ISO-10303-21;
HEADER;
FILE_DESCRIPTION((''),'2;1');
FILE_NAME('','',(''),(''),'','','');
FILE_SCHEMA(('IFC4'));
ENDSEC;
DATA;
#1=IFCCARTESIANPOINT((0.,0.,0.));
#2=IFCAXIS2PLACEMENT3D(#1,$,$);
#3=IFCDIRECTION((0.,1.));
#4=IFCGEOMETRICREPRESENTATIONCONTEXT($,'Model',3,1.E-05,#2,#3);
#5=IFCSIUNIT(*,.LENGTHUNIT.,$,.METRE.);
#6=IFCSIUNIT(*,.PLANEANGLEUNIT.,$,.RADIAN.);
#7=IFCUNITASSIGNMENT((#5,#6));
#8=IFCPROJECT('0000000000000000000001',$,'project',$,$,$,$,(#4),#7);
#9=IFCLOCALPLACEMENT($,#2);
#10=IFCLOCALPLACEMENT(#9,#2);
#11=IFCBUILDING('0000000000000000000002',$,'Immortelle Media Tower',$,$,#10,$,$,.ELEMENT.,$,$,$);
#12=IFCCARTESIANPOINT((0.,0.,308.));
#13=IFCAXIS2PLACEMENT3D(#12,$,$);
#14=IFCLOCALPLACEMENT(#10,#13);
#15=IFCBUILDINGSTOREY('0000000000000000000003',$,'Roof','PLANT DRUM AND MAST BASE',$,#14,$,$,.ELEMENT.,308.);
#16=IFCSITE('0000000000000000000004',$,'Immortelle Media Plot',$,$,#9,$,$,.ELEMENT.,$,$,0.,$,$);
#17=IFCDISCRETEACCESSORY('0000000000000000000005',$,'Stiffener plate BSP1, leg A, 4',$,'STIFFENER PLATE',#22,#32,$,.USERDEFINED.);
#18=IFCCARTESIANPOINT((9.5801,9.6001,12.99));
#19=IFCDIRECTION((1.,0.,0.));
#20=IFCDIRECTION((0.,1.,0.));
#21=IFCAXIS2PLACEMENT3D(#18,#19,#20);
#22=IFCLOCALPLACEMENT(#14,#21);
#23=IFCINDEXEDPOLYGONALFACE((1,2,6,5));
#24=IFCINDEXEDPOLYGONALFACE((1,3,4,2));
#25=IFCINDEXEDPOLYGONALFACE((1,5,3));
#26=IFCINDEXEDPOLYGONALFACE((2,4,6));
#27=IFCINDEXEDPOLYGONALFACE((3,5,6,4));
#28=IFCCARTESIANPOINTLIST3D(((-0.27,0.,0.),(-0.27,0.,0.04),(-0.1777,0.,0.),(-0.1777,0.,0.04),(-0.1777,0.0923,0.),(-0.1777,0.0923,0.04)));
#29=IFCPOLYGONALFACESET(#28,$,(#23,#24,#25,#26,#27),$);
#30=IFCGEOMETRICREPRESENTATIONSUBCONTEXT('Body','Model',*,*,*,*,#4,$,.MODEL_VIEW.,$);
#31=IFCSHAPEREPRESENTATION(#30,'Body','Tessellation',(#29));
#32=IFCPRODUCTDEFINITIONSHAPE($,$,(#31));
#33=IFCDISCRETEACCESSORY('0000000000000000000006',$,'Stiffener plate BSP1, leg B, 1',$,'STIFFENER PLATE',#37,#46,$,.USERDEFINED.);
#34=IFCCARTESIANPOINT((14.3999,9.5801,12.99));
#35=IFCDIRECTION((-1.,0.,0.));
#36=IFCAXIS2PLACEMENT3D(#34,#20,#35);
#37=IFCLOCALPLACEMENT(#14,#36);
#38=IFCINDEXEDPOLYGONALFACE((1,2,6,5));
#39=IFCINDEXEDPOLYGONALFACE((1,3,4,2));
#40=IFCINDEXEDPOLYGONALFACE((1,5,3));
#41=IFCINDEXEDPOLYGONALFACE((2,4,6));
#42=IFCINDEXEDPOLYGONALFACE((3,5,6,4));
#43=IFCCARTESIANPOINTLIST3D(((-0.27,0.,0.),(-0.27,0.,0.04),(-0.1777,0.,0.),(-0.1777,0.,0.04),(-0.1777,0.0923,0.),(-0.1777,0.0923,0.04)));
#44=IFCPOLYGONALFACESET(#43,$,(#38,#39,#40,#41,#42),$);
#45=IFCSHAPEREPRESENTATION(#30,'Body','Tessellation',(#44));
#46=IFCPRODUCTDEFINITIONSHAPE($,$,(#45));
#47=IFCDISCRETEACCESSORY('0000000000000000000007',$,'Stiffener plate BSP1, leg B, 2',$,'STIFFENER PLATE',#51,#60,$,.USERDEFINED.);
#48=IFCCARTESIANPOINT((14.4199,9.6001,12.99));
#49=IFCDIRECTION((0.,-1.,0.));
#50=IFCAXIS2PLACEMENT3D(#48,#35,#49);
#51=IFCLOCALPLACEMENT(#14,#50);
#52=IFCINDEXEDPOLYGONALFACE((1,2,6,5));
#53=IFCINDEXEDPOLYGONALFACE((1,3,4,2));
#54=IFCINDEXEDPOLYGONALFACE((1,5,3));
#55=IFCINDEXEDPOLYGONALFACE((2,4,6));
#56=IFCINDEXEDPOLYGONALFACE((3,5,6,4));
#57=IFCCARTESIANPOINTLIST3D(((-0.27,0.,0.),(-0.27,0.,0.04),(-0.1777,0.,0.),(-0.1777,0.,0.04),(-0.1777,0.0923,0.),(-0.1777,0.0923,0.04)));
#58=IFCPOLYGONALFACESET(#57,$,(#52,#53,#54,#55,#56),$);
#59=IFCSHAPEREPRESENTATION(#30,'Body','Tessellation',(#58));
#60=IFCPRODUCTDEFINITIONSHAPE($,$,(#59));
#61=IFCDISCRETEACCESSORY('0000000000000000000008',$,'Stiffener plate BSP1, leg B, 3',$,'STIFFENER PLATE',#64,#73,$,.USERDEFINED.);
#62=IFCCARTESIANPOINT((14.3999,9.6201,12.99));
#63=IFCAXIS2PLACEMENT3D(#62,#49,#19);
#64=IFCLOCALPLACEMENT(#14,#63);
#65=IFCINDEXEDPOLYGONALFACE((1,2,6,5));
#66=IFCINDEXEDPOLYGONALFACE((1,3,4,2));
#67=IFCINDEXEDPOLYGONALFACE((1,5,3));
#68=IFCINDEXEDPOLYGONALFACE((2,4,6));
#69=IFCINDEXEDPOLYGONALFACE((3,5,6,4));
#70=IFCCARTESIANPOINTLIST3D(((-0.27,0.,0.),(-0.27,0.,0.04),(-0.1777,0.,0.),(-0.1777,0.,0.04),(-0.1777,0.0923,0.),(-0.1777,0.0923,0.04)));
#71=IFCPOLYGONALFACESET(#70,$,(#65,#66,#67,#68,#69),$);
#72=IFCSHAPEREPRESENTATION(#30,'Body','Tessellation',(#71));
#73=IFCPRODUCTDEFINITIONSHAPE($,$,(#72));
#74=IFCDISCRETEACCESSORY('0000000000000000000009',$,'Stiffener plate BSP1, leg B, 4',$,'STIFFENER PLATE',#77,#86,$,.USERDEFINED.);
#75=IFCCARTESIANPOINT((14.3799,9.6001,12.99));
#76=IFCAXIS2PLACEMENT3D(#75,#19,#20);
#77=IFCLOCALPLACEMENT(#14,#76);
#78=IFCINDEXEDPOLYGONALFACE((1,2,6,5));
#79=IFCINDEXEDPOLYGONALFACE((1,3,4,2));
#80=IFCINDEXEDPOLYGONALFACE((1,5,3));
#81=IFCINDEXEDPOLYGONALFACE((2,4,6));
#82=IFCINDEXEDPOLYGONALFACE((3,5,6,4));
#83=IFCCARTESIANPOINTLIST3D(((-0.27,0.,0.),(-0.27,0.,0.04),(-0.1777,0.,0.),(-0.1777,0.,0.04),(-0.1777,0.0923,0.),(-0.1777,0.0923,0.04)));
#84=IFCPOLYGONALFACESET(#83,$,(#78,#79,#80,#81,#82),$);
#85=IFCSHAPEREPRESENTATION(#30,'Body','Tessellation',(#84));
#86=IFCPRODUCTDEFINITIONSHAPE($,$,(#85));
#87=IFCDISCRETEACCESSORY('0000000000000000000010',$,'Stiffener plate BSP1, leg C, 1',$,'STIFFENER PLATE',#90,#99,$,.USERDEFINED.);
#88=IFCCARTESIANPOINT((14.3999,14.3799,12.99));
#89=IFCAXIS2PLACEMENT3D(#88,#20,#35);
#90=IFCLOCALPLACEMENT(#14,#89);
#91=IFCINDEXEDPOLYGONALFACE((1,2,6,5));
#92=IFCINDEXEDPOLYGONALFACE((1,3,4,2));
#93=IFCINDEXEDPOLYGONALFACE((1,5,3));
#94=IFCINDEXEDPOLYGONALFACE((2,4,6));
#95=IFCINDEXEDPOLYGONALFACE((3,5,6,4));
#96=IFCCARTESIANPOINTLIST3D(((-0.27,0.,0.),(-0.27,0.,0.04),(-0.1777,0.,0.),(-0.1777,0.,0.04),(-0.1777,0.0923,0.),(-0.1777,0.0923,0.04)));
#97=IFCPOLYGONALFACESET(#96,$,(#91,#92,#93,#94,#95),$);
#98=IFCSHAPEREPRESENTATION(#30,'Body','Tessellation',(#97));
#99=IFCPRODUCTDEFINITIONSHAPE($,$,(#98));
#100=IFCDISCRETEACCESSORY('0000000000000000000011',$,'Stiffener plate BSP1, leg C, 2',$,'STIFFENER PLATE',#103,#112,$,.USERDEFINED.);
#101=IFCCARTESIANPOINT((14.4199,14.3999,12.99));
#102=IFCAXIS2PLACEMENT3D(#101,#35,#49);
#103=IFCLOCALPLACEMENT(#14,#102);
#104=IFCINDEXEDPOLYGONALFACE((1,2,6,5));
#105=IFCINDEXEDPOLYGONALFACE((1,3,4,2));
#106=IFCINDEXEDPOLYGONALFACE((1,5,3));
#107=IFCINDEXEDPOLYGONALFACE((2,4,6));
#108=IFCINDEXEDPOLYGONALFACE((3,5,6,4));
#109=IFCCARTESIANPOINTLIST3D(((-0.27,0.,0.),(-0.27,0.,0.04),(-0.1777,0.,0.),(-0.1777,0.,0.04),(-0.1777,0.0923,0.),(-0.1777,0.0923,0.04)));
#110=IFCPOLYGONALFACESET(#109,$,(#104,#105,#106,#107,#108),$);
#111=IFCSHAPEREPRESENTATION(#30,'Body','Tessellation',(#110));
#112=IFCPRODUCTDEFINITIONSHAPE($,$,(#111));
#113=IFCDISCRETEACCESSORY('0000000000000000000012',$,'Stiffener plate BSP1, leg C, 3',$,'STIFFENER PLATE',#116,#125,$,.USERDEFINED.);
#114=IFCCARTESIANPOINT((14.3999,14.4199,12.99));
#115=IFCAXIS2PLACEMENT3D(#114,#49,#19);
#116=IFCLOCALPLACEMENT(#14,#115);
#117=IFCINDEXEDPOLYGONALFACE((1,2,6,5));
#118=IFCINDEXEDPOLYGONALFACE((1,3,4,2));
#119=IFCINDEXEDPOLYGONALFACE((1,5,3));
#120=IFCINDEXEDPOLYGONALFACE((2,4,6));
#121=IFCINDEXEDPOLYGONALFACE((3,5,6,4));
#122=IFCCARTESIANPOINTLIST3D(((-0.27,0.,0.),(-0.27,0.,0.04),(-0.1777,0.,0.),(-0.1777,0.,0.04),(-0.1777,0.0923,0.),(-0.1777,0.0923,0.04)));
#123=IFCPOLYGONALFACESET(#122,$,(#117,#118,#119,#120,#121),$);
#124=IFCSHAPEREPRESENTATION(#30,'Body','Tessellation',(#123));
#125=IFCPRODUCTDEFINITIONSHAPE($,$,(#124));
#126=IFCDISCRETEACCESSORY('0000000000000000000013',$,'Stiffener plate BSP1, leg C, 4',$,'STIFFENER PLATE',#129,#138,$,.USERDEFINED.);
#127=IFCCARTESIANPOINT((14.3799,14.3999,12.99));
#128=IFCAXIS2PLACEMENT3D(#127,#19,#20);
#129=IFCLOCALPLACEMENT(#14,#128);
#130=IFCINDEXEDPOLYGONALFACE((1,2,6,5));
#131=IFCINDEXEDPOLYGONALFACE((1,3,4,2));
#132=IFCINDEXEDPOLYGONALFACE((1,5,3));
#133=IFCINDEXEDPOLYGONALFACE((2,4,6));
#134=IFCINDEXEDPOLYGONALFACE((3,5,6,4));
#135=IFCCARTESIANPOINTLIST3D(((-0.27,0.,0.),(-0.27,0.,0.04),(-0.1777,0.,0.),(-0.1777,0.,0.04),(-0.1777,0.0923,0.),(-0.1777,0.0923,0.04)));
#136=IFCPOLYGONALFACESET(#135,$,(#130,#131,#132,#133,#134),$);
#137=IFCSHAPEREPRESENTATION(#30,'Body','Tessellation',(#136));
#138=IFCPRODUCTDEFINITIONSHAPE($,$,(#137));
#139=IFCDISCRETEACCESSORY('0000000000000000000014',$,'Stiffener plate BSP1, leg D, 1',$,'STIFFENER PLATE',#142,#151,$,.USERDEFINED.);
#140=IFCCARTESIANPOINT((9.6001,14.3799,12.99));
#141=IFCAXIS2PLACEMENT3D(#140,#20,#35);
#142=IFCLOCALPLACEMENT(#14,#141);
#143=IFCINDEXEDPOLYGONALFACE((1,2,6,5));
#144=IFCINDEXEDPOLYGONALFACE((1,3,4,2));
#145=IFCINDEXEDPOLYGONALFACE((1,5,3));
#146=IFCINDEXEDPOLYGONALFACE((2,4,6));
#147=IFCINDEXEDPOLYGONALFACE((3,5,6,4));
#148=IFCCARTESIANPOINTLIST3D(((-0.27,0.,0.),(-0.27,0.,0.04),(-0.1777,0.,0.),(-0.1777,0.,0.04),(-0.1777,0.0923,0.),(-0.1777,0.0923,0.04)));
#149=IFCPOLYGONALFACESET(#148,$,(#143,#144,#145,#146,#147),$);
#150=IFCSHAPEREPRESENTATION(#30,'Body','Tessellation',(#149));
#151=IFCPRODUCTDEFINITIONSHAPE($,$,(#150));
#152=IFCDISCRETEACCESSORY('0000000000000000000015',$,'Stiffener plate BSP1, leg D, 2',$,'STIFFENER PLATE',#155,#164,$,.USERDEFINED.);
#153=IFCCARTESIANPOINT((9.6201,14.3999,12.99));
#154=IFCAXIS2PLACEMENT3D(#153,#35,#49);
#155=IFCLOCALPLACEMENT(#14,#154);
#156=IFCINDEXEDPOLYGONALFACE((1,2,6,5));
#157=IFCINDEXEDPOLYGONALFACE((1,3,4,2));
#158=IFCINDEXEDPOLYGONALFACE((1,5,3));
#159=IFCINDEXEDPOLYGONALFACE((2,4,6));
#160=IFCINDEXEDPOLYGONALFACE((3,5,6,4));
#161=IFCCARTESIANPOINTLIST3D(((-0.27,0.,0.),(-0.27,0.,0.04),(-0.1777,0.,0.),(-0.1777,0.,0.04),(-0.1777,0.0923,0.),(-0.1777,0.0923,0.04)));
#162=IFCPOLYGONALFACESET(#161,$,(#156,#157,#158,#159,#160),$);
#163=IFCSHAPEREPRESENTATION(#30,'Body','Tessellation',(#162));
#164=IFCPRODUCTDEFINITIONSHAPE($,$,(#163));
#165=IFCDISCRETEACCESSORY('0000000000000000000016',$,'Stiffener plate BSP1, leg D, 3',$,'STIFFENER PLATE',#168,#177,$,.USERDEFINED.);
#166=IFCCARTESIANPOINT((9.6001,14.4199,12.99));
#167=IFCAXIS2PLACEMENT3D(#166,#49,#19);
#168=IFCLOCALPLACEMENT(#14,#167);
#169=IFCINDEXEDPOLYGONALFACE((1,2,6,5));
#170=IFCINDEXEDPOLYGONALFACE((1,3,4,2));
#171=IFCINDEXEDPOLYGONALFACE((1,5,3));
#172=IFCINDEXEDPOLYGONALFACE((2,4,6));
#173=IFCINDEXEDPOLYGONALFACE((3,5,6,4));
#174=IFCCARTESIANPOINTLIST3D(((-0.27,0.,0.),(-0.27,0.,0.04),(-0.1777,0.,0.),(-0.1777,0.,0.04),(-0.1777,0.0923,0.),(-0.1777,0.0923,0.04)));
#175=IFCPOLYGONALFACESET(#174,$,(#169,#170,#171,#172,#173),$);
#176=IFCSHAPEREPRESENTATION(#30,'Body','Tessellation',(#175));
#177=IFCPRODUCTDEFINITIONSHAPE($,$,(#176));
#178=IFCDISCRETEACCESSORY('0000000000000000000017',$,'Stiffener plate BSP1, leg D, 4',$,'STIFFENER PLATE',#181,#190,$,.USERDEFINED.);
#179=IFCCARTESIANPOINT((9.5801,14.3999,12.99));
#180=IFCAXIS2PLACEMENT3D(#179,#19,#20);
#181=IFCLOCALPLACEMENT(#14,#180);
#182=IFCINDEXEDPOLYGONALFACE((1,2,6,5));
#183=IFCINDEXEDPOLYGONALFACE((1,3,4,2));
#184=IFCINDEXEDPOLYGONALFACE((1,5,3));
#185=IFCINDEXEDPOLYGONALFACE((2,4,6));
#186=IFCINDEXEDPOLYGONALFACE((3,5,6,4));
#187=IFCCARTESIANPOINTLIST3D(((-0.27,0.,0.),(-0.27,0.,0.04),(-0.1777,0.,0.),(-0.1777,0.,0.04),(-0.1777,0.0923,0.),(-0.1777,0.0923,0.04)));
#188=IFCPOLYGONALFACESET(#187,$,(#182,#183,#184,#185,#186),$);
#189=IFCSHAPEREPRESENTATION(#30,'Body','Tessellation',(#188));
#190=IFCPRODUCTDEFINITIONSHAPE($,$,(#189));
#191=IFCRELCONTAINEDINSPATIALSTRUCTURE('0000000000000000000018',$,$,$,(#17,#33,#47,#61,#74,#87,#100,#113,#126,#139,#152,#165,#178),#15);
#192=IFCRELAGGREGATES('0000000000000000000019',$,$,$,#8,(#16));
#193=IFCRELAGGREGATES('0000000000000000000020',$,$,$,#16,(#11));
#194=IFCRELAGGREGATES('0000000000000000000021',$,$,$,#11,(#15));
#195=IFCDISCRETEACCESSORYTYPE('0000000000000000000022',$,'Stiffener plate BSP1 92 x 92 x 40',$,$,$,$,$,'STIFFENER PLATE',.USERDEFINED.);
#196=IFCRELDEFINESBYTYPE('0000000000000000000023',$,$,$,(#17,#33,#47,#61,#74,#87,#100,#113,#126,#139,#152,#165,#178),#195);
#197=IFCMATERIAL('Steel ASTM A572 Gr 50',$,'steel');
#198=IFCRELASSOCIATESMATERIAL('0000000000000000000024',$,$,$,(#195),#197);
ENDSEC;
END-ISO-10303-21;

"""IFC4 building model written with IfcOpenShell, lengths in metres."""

from ifc_helpers import new_model, si_unit, direction, frame, origin, place, context, subcontext, project, spatial, polyline, outline, extrude, material, material_profile, profile_set, type_object, element, save


model = new_model("IFC4")

# Units and contexts
model_context = context("Model", 3, precision=1e-05, world=origin(), true_north=direction((0.0, 1.0)))
body_context = subcontext(model_context, "Body", "Model", "MODEL_VIEW")
ifc_project = project(units=[si_unit("LENGTHUNIT", "METRE"), si_unit("PLANEANGLEUNIT", "RADIAN")], contexts=[model_context])

# Site, building, storey
site_placement = place(None, origin())
site = spatial("IfcSite", under=ifc_project, at=site_placement, Name="Immortelle Media Plot", CompositionType="ELEMENT", RefElevation=0.0)
building_placement = place(site_placement, origin())
building = spatial("IfcBuilding", under=site, at=building_placement, Name="Immortelle Media Tower", CompositionType="ELEMENT")
storey_placement = place(building_placement, frame((0.0, 0.0, 308.0)))
storey = spatial("IfcBuildingStorey", under=building, at=storey_placement, Name="Roof", Description="PLANT DRUM AND MAST BASE", CompositionType="ELEMENT", Elevation=308.0)

# Discrete accessories
ifc_material_1 = material(Name="Steel ASTM A572 Gr 50", Category="steel")
ifc_material_profile_1 = material_profile(ifc_material_1, outline(polyline([(-0.1777, 0.0), (-0.1777, 0.0923), (-0.27, 0.0), (-0.1777, 0.0)])), Name="PL 40 x 92")
ifc_profile_set_1 = profile_set([ifc_material_profile_1], Name="Steel ASTM A572 Gr 50")
discrete_accessory_type = type_object("IfcDiscreteAccessoryType", Name="Stiffener plate BSP1 92 x 92 x 40", ElementType="STIFFENER PLATE", PredefinedType="USERDEFINED", material=ifc_profile_set_1)
for number, where, z_axis, x_axis, name in (
    (1, (9.5801, 9.6001, 12.99), (1.0, 0.0, 0.0), (0.0, 1.0, 0.0), "Stiffener plate BSP1, leg A, 4"),
    (2, (14.3999, 9.5801, 12.99), (0.0, 1.0, 0.0), (-1.0, 0.0, 0.0), "Stiffener plate BSP1, leg B, 1"),
    (3, (14.4199, 9.6001, 12.99), (-1.0, 0.0, 0.0), (0.0, -1.0, 0.0), "Stiffener plate BSP1, leg B, 2"),
    (4, (14.3999, 9.6201, 12.99), (0.0, -1.0, 0.0), (1.0, 0.0, 0.0), "Stiffener plate BSP1, leg B, 3"),
    (5, (14.3799, 9.6001, 12.99), (1.0, 0.0, 0.0), (0.0, 1.0, 0.0), "Stiffener plate BSP1, leg B, 4"),
    (6, (14.3999, 14.3799, 12.99), (0.0, 1.0, 0.0), (-1.0, 0.0, 0.0), "Stiffener plate BSP1, leg C, 1"),
    (7, (14.4199, 14.3999, 12.99), (-1.0, 0.0, 0.0), (0.0, -1.0, 0.0), "Stiffener plate BSP1, leg C, 2"),
    (8, (14.3999, 14.4199, 12.99), (0.0, -1.0, 0.0), (1.0, 0.0, 0.0), "Stiffener plate BSP1, leg C, 3"),
    (9, (14.3799, 14.3999, 12.99), (1.0, 0.0, 0.0), (0.0, 1.0, 0.0), "Stiffener plate BSP1, leg C, 4"),
    (10, (9.6001, 14.3799, 12.99), (0.0, 1.0, 0.0), (-1.0, 0.0, 0.0), "Stiffener plate BSP1, leg D, 1"),
    (11, (9.6201, 14.3999, 12.99), (-1.0, 0.0, 0.0), (0.0, -1.0, 0.0), "Stiffener plate BSP1, leg D, 2"),
    (12, (9.6001, 14.4199, 12.99), (0.0, -1.0, 0.0), (1.0, 0.0, 0.0), "Stiffener plate BSP1, leg D, 3"),
    (13, (9.5801, 14.3999, 12.99), (1.0, 0.0, 0.0), (0.0, 1.0, 0.0), "Stiffener plate BSP1, leg D, 4"),
):
    element("IfcDiscreteAccessory", number, at=place(storey_placement, frame(where, z_axis=z_axis, x_axis=x_axis)), inside=storey, type_object=discrete_accessory_type, Name=name, ObjectType="STIFFENER PLATE", PredefinedType="USERDEFINED", context=body_context, shape_type="SweptSolid", body=[
        extrude(outline(polyline([(-0.1777, 0.0), (-0.1777, 0.0923), (-0.27, 0.0), (-0.1777, 0.0)])), origin(), (0.0, 0.0, 1.0), 0.04),
    ])

save(model, "model.ifc")
